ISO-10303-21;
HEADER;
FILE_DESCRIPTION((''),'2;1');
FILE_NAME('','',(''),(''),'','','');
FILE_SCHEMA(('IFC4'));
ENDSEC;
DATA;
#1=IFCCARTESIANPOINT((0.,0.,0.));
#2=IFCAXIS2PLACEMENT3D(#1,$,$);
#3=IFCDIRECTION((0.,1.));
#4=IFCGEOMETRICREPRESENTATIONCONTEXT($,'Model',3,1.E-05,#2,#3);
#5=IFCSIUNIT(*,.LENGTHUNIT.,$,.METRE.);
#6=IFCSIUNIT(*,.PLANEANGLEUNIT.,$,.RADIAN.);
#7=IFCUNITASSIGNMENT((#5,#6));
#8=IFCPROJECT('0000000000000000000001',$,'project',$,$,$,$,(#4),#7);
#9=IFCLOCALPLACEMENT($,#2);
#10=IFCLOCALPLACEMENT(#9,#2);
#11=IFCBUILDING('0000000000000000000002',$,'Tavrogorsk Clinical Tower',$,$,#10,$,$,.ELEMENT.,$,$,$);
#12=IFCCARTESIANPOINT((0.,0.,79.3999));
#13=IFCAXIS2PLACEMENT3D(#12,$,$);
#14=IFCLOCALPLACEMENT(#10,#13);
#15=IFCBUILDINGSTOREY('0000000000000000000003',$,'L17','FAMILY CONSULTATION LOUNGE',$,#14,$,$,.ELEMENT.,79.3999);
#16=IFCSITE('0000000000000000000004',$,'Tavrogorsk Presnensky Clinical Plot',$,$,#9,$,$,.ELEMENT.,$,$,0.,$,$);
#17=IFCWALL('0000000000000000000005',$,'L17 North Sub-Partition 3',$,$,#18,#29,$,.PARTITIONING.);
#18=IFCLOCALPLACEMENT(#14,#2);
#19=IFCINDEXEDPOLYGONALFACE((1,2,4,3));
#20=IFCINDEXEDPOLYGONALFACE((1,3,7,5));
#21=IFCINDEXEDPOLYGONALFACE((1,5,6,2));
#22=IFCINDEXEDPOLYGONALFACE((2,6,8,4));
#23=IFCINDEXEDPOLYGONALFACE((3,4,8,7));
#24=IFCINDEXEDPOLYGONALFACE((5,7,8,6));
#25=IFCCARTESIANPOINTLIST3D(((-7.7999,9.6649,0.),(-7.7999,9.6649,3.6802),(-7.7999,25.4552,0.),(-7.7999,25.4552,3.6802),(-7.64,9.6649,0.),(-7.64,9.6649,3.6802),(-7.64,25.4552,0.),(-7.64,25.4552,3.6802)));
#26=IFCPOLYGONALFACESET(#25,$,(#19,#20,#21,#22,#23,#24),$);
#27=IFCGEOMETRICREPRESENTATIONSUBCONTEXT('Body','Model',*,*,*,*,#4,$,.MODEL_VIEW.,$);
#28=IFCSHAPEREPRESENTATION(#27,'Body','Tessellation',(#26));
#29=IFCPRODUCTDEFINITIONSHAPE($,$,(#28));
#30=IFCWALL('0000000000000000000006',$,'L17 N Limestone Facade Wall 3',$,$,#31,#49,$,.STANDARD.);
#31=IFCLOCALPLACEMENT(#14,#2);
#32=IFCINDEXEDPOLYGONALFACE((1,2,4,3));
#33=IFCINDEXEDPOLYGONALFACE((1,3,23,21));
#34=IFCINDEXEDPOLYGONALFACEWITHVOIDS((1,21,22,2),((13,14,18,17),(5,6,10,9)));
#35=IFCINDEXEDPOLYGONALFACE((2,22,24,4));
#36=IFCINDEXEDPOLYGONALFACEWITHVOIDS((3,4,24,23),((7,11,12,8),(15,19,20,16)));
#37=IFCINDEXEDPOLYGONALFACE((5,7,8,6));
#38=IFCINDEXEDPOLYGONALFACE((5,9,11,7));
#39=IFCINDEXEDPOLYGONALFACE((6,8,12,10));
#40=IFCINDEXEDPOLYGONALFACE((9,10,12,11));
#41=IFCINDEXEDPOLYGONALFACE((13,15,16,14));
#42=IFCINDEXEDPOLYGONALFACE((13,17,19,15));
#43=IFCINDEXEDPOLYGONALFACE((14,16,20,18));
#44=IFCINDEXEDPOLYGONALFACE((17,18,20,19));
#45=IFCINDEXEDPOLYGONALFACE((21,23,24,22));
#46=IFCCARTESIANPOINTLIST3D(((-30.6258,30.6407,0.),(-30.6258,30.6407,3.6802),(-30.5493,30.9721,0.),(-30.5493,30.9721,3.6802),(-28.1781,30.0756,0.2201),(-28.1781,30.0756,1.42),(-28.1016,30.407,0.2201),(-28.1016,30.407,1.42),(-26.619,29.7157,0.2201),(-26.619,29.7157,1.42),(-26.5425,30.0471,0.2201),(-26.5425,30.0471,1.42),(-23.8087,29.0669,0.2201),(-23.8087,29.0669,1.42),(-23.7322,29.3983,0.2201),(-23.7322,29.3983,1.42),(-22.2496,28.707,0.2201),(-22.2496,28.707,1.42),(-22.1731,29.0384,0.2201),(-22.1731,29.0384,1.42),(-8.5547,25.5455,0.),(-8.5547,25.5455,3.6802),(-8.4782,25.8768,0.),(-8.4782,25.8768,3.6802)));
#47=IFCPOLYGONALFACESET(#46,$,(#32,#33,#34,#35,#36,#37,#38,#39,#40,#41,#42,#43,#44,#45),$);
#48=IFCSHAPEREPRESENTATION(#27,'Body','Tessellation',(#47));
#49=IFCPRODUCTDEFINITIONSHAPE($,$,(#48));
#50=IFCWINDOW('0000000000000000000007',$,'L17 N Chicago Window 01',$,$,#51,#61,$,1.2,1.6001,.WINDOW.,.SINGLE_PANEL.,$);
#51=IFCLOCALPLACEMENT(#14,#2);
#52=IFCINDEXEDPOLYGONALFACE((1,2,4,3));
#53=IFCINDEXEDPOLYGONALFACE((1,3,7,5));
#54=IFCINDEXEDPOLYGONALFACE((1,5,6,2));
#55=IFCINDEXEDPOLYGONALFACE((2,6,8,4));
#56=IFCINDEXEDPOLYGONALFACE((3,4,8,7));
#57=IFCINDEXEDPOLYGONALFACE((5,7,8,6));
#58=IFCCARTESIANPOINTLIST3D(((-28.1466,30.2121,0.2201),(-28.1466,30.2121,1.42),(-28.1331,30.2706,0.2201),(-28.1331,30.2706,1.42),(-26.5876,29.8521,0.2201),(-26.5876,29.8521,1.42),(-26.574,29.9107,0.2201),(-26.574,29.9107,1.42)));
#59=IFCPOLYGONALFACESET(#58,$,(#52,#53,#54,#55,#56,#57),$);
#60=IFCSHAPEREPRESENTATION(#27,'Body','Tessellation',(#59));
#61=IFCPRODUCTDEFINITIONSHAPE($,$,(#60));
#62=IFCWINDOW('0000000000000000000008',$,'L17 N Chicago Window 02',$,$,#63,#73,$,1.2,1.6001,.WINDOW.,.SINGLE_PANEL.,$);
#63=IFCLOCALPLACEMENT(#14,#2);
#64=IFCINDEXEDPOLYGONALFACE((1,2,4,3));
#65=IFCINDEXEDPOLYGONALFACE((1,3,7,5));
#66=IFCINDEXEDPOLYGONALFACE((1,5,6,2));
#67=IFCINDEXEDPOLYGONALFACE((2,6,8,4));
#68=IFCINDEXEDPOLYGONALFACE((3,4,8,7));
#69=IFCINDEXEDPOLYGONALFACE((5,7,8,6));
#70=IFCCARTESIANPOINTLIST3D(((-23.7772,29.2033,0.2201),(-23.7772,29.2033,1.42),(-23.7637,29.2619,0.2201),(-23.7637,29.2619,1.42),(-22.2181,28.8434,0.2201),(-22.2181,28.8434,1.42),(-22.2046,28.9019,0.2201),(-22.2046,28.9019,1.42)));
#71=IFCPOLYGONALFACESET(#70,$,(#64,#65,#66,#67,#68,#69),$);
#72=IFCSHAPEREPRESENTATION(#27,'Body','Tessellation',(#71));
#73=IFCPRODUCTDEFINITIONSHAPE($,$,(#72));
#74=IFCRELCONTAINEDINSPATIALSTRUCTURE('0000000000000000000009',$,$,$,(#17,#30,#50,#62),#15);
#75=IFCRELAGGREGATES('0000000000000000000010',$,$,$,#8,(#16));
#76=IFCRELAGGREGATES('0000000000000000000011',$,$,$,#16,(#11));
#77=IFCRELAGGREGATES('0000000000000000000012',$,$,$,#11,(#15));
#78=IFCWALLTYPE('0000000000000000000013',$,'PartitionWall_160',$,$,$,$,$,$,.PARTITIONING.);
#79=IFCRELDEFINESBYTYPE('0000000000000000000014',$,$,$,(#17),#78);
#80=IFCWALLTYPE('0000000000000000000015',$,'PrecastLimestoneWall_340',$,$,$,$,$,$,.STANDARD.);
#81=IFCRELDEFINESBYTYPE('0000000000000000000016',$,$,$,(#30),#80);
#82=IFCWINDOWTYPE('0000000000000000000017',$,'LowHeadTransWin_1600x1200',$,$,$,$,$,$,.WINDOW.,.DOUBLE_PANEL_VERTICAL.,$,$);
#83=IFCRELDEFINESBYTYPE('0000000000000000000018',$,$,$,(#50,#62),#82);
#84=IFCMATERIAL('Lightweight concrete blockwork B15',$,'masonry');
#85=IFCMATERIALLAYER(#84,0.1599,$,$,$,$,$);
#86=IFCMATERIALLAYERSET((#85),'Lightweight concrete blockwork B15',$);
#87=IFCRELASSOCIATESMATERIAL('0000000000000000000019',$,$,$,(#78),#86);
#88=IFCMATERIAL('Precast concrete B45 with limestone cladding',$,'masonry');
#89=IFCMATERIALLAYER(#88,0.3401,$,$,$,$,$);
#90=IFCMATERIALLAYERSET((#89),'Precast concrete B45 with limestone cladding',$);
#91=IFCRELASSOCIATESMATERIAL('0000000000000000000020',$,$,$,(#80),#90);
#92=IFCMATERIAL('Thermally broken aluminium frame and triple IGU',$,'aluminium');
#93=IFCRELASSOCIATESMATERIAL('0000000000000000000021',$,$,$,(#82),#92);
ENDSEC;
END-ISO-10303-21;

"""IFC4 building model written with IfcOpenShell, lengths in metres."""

from ifc_helpers import new_model, si_unit, direction, frame, frame_2d, origin, place, context, subcontext, project, spatial, rectangle, extrude, material, layer, layer_set, type_object, element, fill, save


model = new_model("IFC4")

# Units and contexts
model_context = context("Model", 3, precision=1e-05, world=origin(), true_north=direction((0.0, 1.0)))
body_context = subcontext(model_context, "Body", "Model", "MODEL_VIEW")
ifc_project = project(units=[si_unit("LENGTHUNIT", "METRE"), si_unit("PLANEANGLEUNIT", "RADIAN")], contexts=[model_context])

# Site, building, storey
site_placement = place(None, origin())
site = spatial("IfcSite", under=ifc_project, at=site_placement, Name="Tavrogorsk Presnensky Clinical Plot", CompositionType="ELEMENT", RefElevation=0.0)
building_placement = place(site_placement, origin())
building = spatial("IfcBuilding", under=site, at=building_placement, Name="Tavrogorsk Clinical Tower", CompositionType="ELEMENT")
storey_placement = place(building_placement, frame((0.0, 0.0, 79.3999)))
storey = spatial("IfcBuildingStorey", under=building, at=storey_placement, Name="L17", Description="FAMILY CONSULTATION LOUNGE", CompositionType="ELEMENT", Elevation=79.3999)

# Shared definitions
ifc_material_1 = material(Name="Lightweight concrete blockwork B15", Category="masonry")
ifc_layer_1 = layer(ifc_material_1, 0.1599)
ifc_layer_set_1 = layer_set([ifc_layer_1], Name="Lightweight concrete blockwork B15")
wall_type_1 = type_object("IfcWallType", Name="PartitionWall_160", PredefinedType="PARTITIONING", material=ifc_layer_set_1)

# Wall
wall_1_placement = place(storey_placement, frame((-7.72, 9.665, 0.0), z_axis=(0.0, 0.0, 1.0), x_axis=(0.0, 1.0, 0.0)))
element("IfcWall", 1, at=wall_1_placement, inside=storey, type_object=wall_type_1, Name="L17 North Sub-Partition 3", PredefinedType="PARTITIONING", context=body_context, shape_type="SweptSolid", body=[
    extrude(rectangle(XDim=15.7903, YDim=0.1599, at=frame_2d((7.895, 0.0))), origin(), (0.0, 0.0, 1.0), 3.6802),
])

# Wall, openings, windows
ifc_material_2 = material(Name="Precast concrete B45 with limestone cladding", Category="masonry")
ifc_layer_2 = layer(ifc_material_2, 0.3401)
ifc_layer_set_2 = layer_set([ifc_layer_2], Name="Precast concrete B45 with limestone cladding")
wall_type_2 = type_object("IfcWallType", Name="PrecastLimestoneWall_340", PredefinedType="STANDARD", material=ifc_layer_set_2)
wall_2_placement = place(storey_placement, frame((-8.5166, 25.7112, 0.0), z_axis=(0.0, 0.0, 1.0), x_axis=(-0.974373, 0.224939, 0.0)))
wall_2 = element("IfcWall", 2, at=wall_2_placement, inside=storey, type_object=wall_type_2, Name="L17 N Limestone Facade Wall 3", PredefinedType="STANDARD", context=body_context, shape_type="SweptSolid", body=[
    extrude(rectangle(XDim=22.6516, YDim=0.3401, at=frame_2d((11.3257, 0.0))), origin(), (0.0, 0.0, 1.0), 3.6802),
])
opening_1_placement = place(wall_2_placement, frame((18.5393, 0.0, 0.22)))
opening_1 = element("IfcOpeningElement", 3, at=opening_1_placement, cuts=wall_2, PredefinedType="OPENING", context=body_context, shape_type="SweptSolid", body=[
    extrude(rectangle(XDim=1.6001, YDim=1.2, at=frame_2d((0.8, 0.6001))), frame((0.0, 0.1799, 0.0), z_axis=(0.0, -1.0, 0.0), x_axis=(1.0, 0.0, 0.0)), (0.0, 0.0, 1.0), 0.3601),
])
opening_2_placement = place(wall_2_placement, frame((14.0549, 0.0, 0.22)))
opening_2 = element("IfcOpeningElement", 4, at=opening_2_placement, cuts=wall_2, PredefinedType="OPENING", context=body_context, shape_type="SweptSolid", body=[
    extrude(rectangle(XDim=1.6001, YDim=1.2, at=frame_2d((0.8, 0.6001))), frame((0.0, 0.1799, 0.0), z_axis=(0.0, -1.0, 0.0), x_axis=(1.0, 0.0, 0.0)), (0.0, 0.0, 1.0), 0.3601),
])
ifc_material_3 = material(Name="Thermally broken aluminium frame and triple IGU", Category="aluminium")
window_type = type_object("IfcWindowType", Name="LowHeadTransWin_1600x1200", PartitioningType="DOUBLE_PANEL_VERTICAL", PredefinedType="WINDOW", material=ifc_material_3)
window_1_placement = place(opening_1_placement, origin())
window_1 = element("IfcWindow", 5, at=window_1_placement, inside=storey, type_object=window_type, Name="L17 N Chicago Window 01", OverallHeight=1.2, OverallWidth=1.6001, PartitioningType="SINGLE_PANEL", PredefinedType="WINDOW", context=body_context, shape_type="SweptSolid", body=[
    extrude(rectangle(XDim=1.6001, YDim=1.2, at=frame_2d((0.8, 0.6001))), frame((0.0, 0.03, 0.0), z_axis=(0.0, -1.0, 0.0), x_axis=(1.0, 0.0, 0.0)), (0.0, 0.0, 1.0), 0.0601),
])
fill(opening_1, window_1)
window_2_placement = place(opening_2_placement, origin())
window_2 = element("IfcWindow", 6, at=window_2_placement, inside=storey, type_object=window_type, Name="L17 N Chicago Window 02", OverallHeight=1.2, OverallWidth=1.6001, PartitioningType="SINGLE_PANEL", PredefinedType="WINDOW", context=body_context, shape_type="SweptSolid", body=[
    extrude(rectangle(XDim=1.6001, YDim=1.2, at=frame_2d((0.8, 0.6001))), frame((0.0, 0.03, 0.0), z_axis=(0.0, -1.0, 0.0), x_axis=(1.0, 0.0, 0.0)), (0.0, 0.0, 1.0), 0.0601),
])
fill(opening_2, window_2)

save(model, "model.ifc")
